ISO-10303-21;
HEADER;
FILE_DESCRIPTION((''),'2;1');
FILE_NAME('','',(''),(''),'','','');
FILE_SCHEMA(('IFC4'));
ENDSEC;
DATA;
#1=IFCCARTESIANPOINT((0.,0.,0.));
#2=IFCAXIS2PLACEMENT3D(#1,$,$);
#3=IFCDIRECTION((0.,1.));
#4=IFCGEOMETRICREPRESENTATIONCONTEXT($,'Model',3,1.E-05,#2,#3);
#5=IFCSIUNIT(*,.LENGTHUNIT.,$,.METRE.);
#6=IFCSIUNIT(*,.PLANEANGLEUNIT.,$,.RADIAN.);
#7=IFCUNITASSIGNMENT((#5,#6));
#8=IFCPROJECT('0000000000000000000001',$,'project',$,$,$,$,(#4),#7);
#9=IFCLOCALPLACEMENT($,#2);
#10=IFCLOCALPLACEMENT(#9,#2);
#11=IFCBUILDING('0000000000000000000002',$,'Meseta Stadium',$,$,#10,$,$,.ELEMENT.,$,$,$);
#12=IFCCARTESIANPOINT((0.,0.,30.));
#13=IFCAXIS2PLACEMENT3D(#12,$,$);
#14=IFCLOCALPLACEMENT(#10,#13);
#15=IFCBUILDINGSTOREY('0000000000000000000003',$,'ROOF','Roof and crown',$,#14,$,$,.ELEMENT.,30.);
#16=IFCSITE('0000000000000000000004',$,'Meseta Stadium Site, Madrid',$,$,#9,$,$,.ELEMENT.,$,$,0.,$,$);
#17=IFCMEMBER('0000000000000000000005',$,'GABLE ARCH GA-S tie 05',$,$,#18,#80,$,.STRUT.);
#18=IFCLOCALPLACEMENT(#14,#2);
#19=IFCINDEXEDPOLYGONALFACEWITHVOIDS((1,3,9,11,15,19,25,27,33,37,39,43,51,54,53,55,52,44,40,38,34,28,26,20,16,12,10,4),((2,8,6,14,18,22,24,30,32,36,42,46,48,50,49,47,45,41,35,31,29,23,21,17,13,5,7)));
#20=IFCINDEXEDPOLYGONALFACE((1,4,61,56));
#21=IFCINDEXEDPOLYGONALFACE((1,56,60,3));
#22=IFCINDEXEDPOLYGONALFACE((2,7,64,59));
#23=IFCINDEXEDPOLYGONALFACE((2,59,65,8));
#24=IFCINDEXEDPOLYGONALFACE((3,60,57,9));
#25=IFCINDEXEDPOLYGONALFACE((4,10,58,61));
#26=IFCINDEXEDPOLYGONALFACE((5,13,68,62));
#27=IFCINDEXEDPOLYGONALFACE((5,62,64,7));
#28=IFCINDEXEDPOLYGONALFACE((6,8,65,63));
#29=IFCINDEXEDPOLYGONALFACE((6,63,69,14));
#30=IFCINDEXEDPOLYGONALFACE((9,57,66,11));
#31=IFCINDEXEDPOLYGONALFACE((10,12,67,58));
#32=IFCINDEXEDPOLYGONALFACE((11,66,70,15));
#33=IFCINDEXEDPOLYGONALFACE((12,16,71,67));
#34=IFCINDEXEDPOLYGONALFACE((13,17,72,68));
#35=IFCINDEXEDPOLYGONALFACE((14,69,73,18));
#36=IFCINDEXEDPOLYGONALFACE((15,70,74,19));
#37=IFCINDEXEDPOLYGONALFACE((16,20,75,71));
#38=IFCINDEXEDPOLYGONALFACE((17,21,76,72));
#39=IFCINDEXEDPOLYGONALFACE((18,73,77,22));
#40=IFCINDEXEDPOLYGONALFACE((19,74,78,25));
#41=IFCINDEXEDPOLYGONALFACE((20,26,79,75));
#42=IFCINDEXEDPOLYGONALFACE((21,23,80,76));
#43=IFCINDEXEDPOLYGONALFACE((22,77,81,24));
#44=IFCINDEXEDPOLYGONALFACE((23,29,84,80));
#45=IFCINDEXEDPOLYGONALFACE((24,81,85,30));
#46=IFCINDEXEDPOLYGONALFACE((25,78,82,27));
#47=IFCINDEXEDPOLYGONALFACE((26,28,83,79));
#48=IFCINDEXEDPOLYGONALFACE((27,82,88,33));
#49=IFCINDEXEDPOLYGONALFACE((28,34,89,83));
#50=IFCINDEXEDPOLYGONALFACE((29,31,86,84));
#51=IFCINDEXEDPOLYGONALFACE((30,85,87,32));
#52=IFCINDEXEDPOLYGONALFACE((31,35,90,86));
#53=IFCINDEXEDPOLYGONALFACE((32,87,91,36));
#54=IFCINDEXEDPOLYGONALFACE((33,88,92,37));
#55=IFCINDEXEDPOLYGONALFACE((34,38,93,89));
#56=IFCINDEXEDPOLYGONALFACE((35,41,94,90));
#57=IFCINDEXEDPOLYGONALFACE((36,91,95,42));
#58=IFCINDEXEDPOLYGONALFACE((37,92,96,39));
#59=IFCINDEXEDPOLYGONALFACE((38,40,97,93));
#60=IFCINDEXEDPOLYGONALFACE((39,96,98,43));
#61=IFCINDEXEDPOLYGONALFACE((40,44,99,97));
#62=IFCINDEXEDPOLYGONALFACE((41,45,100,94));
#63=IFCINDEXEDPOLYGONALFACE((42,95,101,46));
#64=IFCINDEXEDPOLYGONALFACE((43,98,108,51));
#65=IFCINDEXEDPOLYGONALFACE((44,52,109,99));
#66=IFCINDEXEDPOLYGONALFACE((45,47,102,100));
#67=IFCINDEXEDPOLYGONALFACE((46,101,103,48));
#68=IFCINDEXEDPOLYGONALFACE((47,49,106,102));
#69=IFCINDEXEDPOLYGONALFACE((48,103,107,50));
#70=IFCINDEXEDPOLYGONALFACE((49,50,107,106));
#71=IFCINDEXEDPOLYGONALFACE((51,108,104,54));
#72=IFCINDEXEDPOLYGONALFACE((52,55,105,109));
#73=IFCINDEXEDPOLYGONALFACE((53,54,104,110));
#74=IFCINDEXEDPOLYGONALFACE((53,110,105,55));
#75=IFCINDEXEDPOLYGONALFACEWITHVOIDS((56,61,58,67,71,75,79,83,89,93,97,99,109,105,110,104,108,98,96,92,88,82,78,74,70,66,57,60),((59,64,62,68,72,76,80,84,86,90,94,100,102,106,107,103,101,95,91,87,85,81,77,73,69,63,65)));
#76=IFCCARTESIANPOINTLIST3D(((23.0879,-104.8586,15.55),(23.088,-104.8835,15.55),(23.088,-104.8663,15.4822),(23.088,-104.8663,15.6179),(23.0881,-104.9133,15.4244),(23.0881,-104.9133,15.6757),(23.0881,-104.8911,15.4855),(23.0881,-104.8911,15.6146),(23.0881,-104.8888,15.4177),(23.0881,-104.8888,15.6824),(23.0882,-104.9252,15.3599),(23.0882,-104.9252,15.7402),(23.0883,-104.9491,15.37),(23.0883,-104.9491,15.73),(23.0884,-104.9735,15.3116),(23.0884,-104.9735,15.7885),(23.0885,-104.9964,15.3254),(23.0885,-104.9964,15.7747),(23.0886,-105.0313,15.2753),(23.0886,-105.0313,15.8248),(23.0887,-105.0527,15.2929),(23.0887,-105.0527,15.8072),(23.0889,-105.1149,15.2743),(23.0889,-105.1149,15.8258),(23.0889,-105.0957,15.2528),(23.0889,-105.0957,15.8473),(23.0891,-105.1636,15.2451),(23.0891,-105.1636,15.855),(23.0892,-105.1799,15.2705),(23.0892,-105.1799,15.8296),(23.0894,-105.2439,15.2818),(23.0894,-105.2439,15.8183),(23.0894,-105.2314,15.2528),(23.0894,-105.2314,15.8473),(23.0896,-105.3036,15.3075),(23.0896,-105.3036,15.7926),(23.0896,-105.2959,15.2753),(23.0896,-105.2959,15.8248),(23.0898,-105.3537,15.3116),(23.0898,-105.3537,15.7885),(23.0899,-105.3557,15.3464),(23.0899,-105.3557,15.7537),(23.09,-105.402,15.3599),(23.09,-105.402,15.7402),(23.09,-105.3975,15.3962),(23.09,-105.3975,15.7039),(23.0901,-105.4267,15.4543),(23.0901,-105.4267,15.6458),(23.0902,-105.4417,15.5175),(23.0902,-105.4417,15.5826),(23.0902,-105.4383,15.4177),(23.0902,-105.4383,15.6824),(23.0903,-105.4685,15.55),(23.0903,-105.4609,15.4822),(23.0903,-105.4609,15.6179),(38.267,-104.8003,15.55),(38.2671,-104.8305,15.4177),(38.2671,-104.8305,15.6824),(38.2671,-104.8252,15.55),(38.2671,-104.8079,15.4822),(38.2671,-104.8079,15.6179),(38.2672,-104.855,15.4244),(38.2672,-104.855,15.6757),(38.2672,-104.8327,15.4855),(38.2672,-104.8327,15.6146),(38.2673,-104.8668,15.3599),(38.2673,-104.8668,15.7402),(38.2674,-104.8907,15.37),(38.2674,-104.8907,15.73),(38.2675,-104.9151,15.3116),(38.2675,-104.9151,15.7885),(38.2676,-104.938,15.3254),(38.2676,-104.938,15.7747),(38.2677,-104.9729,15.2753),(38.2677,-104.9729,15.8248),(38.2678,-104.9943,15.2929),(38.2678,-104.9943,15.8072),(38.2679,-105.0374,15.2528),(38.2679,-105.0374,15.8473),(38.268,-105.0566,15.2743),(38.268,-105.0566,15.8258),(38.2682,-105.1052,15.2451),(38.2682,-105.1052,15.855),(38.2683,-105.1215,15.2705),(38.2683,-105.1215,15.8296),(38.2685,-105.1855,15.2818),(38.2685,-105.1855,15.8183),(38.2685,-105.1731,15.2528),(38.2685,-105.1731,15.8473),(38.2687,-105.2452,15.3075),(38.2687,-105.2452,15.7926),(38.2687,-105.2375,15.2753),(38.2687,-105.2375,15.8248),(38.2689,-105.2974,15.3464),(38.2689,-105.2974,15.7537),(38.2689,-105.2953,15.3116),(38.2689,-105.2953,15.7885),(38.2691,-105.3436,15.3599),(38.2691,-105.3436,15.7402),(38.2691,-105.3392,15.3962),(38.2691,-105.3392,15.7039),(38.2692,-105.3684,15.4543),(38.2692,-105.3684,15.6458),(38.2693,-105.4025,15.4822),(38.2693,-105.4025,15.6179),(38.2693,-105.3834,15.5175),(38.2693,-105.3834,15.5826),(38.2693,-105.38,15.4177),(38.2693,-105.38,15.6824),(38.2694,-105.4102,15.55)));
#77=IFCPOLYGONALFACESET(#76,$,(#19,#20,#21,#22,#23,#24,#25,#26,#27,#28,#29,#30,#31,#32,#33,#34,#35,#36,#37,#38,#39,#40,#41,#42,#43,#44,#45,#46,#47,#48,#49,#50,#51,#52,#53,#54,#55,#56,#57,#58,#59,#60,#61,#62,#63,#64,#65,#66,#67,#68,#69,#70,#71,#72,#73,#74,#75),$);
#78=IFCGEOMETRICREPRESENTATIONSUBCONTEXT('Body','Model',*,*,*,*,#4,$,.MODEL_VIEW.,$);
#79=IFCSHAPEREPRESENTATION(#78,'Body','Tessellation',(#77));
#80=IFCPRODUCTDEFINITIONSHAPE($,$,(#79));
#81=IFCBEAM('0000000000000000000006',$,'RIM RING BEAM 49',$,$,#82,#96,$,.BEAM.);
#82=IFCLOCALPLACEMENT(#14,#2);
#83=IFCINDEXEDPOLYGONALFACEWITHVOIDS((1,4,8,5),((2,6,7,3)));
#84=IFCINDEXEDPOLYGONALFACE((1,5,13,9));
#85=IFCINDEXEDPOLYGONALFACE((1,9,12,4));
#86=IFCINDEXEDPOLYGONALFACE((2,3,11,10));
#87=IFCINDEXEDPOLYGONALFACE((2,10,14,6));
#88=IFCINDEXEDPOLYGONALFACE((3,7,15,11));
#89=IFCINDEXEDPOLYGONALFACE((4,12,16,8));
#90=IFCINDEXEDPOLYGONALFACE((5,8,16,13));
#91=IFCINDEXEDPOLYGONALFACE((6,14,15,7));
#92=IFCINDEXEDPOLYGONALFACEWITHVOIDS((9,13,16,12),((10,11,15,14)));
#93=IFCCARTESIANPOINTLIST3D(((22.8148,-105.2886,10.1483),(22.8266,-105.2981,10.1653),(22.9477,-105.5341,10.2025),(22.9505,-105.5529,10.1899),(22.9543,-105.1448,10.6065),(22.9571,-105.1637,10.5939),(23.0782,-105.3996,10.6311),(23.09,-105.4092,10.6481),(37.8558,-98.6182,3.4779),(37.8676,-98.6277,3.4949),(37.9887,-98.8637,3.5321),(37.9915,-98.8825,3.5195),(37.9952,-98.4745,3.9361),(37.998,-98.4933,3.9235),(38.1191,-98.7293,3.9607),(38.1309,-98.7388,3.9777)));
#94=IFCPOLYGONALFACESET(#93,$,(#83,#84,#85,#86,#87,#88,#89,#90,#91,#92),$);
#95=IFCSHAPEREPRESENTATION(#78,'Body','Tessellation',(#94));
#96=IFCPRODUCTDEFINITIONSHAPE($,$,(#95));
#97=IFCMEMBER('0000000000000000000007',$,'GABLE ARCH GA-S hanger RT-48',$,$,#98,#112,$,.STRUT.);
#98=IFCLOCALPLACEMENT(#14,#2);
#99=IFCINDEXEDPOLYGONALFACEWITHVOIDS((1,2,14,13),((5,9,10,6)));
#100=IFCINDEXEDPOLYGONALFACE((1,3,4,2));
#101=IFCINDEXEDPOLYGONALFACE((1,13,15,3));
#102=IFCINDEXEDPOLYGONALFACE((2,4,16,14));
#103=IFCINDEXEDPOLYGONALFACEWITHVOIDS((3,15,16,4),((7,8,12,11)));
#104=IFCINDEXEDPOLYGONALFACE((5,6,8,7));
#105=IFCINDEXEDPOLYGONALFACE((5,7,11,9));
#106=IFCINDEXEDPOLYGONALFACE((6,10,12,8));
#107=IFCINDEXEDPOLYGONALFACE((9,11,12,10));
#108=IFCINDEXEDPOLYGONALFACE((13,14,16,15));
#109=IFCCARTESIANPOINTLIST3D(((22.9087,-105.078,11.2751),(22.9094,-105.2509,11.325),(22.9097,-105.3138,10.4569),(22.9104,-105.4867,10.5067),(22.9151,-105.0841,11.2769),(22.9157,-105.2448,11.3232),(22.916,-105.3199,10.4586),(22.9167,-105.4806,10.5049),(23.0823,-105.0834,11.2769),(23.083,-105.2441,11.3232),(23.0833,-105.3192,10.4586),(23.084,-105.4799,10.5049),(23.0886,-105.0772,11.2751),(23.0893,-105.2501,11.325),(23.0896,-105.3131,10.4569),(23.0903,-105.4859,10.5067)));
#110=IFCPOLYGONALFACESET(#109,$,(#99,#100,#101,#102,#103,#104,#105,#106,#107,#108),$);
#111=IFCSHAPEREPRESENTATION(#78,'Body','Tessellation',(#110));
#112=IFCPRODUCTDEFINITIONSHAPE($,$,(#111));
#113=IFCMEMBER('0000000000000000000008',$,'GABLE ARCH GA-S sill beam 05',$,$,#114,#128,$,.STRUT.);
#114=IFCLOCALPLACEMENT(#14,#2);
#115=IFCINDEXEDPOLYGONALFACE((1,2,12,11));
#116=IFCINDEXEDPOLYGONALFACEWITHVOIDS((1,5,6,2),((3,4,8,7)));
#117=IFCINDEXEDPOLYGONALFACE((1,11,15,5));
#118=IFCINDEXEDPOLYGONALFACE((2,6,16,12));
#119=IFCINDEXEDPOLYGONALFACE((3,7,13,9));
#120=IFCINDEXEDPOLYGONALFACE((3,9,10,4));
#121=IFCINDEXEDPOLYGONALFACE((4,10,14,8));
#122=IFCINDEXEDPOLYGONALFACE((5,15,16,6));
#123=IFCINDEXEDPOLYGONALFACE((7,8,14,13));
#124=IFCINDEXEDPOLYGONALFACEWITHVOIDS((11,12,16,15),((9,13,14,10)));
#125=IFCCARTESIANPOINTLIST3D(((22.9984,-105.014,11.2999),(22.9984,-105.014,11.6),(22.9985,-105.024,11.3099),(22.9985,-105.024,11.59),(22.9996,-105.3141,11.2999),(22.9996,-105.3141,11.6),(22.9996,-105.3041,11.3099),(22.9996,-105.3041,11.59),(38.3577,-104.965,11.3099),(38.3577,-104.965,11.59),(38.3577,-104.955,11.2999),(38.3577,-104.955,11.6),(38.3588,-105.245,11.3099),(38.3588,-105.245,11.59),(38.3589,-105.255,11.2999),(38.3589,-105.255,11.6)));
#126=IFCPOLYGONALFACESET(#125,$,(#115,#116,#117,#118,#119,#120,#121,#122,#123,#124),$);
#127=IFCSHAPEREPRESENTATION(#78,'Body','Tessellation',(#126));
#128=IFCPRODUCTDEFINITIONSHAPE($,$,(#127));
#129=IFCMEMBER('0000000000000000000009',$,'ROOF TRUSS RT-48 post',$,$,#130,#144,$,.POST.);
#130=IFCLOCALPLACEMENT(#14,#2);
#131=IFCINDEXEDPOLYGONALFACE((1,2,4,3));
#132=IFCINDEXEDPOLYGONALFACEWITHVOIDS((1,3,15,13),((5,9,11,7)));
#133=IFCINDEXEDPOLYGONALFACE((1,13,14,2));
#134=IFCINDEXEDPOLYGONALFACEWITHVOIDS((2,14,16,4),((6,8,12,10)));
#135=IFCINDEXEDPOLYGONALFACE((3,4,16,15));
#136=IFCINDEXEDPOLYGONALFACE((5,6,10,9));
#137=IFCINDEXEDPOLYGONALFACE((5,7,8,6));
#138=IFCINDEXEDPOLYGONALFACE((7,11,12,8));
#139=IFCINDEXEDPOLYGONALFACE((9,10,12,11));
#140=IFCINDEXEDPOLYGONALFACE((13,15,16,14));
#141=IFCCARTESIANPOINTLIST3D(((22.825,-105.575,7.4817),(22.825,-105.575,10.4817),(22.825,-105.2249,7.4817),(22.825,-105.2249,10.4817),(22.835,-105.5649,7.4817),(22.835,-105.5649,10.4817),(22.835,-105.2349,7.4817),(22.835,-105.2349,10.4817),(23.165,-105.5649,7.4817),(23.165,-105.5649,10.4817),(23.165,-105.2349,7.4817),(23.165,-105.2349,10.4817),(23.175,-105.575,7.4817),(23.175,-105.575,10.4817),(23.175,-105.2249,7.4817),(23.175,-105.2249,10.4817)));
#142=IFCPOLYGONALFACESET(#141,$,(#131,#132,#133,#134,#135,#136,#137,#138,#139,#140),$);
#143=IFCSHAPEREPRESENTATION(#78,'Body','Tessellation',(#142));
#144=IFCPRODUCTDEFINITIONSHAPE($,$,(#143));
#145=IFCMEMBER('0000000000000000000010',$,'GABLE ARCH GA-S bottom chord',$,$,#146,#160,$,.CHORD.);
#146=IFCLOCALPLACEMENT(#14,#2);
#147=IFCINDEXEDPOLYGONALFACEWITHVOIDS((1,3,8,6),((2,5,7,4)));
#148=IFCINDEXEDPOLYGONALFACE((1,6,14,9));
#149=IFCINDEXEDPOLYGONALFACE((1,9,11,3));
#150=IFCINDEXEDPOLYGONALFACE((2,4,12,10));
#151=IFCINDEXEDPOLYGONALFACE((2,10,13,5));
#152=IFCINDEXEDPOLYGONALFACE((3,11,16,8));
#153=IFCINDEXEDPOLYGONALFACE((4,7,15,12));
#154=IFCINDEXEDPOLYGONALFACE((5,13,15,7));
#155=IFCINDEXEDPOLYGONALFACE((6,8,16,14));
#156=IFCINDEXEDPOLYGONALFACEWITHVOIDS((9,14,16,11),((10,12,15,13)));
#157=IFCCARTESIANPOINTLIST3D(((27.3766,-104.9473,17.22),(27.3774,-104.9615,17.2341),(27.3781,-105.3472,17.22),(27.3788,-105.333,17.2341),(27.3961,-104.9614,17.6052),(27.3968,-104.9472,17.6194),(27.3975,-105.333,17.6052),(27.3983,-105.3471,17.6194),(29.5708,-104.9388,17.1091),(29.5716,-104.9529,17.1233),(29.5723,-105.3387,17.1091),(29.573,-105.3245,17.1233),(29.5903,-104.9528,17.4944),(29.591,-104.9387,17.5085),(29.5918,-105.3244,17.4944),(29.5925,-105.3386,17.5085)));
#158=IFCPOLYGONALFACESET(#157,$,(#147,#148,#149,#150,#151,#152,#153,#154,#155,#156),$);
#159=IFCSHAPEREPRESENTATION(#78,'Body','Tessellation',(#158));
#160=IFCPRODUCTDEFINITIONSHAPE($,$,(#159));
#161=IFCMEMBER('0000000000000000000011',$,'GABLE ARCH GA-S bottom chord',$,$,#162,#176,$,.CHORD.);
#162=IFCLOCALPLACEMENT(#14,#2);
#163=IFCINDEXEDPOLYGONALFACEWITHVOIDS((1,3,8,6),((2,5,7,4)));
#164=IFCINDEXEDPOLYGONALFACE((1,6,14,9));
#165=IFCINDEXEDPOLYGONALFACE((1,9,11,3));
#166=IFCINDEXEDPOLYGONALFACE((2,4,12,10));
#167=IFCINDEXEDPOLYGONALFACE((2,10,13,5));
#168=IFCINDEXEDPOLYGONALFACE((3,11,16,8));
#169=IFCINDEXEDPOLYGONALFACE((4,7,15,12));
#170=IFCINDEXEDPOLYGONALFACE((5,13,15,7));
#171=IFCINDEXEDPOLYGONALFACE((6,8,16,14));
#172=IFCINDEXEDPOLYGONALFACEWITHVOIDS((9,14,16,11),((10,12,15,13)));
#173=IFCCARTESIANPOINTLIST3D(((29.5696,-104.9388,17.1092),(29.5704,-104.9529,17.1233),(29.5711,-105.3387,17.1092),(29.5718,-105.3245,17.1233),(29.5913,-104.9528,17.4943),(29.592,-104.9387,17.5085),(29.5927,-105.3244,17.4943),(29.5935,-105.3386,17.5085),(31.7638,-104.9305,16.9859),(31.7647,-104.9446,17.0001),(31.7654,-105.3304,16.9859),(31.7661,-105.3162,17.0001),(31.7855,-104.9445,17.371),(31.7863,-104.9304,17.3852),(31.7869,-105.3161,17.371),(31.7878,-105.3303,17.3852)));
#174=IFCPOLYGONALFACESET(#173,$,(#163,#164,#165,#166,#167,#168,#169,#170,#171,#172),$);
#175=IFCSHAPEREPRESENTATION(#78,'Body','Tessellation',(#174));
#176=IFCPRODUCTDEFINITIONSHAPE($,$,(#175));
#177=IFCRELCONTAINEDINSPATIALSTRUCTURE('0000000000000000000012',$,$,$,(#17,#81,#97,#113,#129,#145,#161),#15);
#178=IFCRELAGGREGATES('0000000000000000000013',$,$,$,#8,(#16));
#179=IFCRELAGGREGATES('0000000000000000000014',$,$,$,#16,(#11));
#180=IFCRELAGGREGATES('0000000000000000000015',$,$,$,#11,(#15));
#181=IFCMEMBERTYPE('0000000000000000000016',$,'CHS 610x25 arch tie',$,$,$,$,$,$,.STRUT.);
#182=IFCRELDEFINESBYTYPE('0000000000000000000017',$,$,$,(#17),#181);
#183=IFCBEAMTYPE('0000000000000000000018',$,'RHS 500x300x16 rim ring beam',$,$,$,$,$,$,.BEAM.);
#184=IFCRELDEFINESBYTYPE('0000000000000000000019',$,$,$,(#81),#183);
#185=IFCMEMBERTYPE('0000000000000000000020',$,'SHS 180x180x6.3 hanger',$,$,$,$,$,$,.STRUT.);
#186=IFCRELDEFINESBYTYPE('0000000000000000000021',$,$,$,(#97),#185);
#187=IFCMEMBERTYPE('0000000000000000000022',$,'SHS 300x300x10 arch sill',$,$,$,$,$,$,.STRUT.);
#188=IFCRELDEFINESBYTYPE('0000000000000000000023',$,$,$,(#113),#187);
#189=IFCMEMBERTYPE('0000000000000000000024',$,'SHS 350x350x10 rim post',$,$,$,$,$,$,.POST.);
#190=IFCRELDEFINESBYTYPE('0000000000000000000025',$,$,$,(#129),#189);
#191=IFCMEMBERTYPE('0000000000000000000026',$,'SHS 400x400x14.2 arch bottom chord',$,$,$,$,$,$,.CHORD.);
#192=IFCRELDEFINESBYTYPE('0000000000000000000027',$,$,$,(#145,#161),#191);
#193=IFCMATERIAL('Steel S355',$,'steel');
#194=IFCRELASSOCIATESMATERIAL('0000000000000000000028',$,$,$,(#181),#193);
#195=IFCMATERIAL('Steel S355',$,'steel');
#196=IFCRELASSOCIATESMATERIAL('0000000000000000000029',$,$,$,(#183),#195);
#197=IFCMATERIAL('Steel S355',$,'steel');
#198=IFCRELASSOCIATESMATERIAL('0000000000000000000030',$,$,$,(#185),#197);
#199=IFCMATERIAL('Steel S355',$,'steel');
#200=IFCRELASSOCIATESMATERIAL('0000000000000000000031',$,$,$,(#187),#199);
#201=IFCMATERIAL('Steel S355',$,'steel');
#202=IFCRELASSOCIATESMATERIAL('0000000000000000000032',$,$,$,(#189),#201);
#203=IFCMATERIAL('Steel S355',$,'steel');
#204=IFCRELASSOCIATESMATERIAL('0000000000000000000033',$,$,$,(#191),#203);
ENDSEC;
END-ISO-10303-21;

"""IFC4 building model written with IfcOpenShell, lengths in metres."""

from ifc_helpers import new_model, si_unit, direction, frame, origin, origin_2d, place, context, subcontext, project, spatial, hollow_rectangle, hollow_circle, extrude, material, material_profile, profile_set, type_object, element, save


model = new_model("IFC4")

# Units and contexts
model_context = context("Model", 3, precision=1e-05, world=origin(), true_north=direction((0.0, 1.0)))
body_context = subcontext(model_context, "Body", "Model", "MODEL_VIEW")
ifc_project = project(units=[si_unit("LENGTHUNIT", "METRE"), si_unit("PLANEANGLEUNIT", "RADIAN")], contexts=[model_context])

# Site, building, storey
site_placement = place(None, origin())
site = spatial("IfcSite", under=ifc_project, at=site_placement, Name="Meseta Stadium Site, Madrid", CompositionType="ELEMENT", RefElevation=0.0)
building_placement = place(site_placement, origin())
building = spatial("IfcBuilding", under=site, at=building_placement, Name="Meseta Stadium", CompositionType="ELEMENT")
storey_placement = place(building_placement, frame((0.0, 0.0, 30.0)))
storey = spatial("IfcBuildingStorey", under=building, at=storey_placement, Name="ROOF", Description="Roof and crown", CompositionType="ELEMENT", Elevation=30.0)

# Member
ifc_material_1 = material(Name="Steel S355", Category="steel")
ifc_material_profile_1 = material_profile(ifc_material_1, hollow_circle(Radius=0.3049, WallThickness=0.0249, at=origin_2d()), Name="CHS 610x25")
ifc_profile_set_1 = profile_set([ifc_material_profile_1], Name="Steel S355")
member_type_1 = type_object("IfcMemberType", Name="CHS 610x25 arch tie", PredefinedType="STRUT", material=ifc_profile_set_1)
member_1_placement = place(storey_placement, frame((23.0891, -105.1636, 15.55), z_axis=(0.999993, 0.003844, 0.0), x_axis=(-0.003844, 0.999993, 0.0)))
element("IfcMember", 1, at=member_1_placement, inside=storey, type_object=member_type_1, Name="GABLE ARCH GA-S tie 05", PredefinedType="STRUT", context=body_context, shape_type="SweptSolid", body=[
    extrude(hollow_circle(Radius=0.3049, WallThickness=0.0249, at=origin_2d()), origin(), (0.0, 0.0, 1.0), 15.1792),
])

# Beam
ifc_material_2 = material(Name="Steel S355", Category="steel")
ifc_material_profile_2 = material_profile(ifc_material_2, hollow_rectangle(XDim=0.3, YDim=0.5, WallThickness=0.0161, at=origin_2d()), Name="RHS 500x300x16")
ifc_profile_set_2 = profile_set([ifc_material_profile_2], Name="Steel S355")
beam_type = type_object("IfcBeamType", Name="RHS 500x300x16 rim ring beam", PredefinedType="BEAM", material=ifc_profile_set_2)
beam_placement = place(storey_placement, frame((22.9524, -105.3489, 10.3982), z_axis=(0.847168, 0.375703, -0.375703), x_axis=(-0.452238, 0.881047, -0.138699)))
element("IfcBeam", 2, at=beam_placement, inside=storey, type_object=beam_type, Name="RIM RING BEAM 49", PredefinedType="BEAM", context=body_context, shape_type="SweptSolid", body=[
    extrude(hollow_rectangle(XDim=0.3, YDim=0.5, WallThickness=0.0161, at=origin_2d()), origin(), (0.0, 0.0, 1.0), 17.7544),
])

# Members
ifc_material_3 = material(Name="Steel S355", Category="steel")
ifc_material_profile_3 = material_profile(ifc_material_3, hollow_rectangle(XDim=0.1799, YDim=0.1799, WallThickness=0.0063, at=origin_2d()), Name="SHS 180x180x6.3")
ifc_profile_set_3 = profile_set([ifc_material_profile_3], Name="Steel S355")
member_type_2 = type_object("IfcMemberType", Name="SHS 180x180x6.3 hanger", PredefinedType="STRUT", material=ifc_profile_set_3)
member_2_placement = place(storey_placement, frame((22.999, -105.1641, 11.3), z_axis=(0.001147, -0.276916, -0.960893), x_axis=(0.999991, 0.004141, 0.0)))
element("IfcMember", 3, at=member_2_placement, inside=storey, type_object=member_type_2, Name="GABLE ARCH GA-S hanger RT-48", PredefinedType="STRUT", context=body_context, shape_type="SweptSolid", body=[
    extrude(hollow_rectangle(XDim=0.1799, YDim=0.1799, WallThickness=0.0063, at=origin_2d()), origin(), (0.0, 0.0, 1.0), 0.8516),
])
ifc_material_4 = material(Name="Steel S355", Category="steel")
ifc_material_profile_4 = material_profile(ifc_material_4, hollow_rectangle(XDim=0.3, YDim=0.3, WallThickness=0.01, at=origin_2d()), Name="SHS 300x300x10")
ifc_profile_set_4 = profile_set([ifc_material_profile_4], Name="Steel S355")
member_type_3 = type_object("IfcMemberType", Name="SHS 300x300x10 arch sill", PredefinedType="STRUT", material=ifc_profile_set_4)
member_3_placement = place(storey_placement, frame((22.999, -105.1641, 11.45), z_axis=(0.999993, 0.003847, 0.0), x_axis=(-0.003847, 0.999993, 0.0)))
element("IfcMember", 4, at=member_3_placement, inside=storey, type_object=member_type_3, Name="GABLE ARCH GA-S sill beam 05", PredefinedType="STRUT", context=body_context, shape_type="SweptSolid", body=[
    extrude(hollow_rectangle(XDim=0.3, YDim=0.3, WallThickness=0.01, at=origin_2d()), origin(), (0.0, 0.0, 1.0), 15.3594),
])
ifc_material_5 = material(Name="Steel S355", Category="steel")
ifc_material_profile_5 = material_profile(ifc_material_5, hollow_rectangle(XDim=0.3501, YDim=0.3501, WallThickness=0.01, at=origin_2d()), Name="SHS 350x350x10")
ifc_profile_set_5 = profile_set([ifc_material_profile_5], Name="Steel S355")
member_type_4 = type_object("IfcMemberType", Name="SHS 350x350x10 rim post", PredefinedType="POST", material=ifc_profile_set_5)
member_4_placement = place(storey_placement, frame((23.0, -105.3999, 7.4817), z_axis=(0.0, 0.0, 1.0), x_axis=(1.0, 0.0, 0.0)))
element("IfcMember", 5, at=member_4_placement, inside=storey, type_object=member_type_4, Name="ROOF TRUSS RT-48 post", PredefinedType="POST", context=body_context, shape_type="SweptSolid", body=[
    extrude(hollow_rectangle(XDim=0.3501, YDim=0.3501, WallThickness=0.01, at=origin_2d()), origin(), (0.0, 0.0, 1.0), 3.0),
])
ifc_material_6 = material(Name="Steel S355", Category="steel")
ifc_material_profile_6 = material_profile(ifc_material_6, hollow_rectangle(XDim=0.3999, YDim=0.3999, WallThickness=0.0142, at=origin_2d()), Name="SHS 400x400x14.2")
ifc_profile_set_6 = profile_set([ifc_material_profile_6], Name="Steel S355")
member_type_5 = type_object("IfcMemberType", Name="SHS 400x400x14.2 arch bottom chord", PredefinedType="CHORD", material=ifc_profile_set_6)
member_5_placement = place(storey_placement, frame((27.3875, -105.1472, 17.4197), z_axis=(0.998719, 0.00389, -0.050453), x_axis=(-0.003894, 0.999992, 0.0)))
element("IfcMember", 6, at=member_5_placement, inside=storey, type_object=member_type_5, Name="GABLE ARCH GA-S bottom chord", PredefinedType="CHORD", context=body_context, shape_type="SweptSolid", body=[
    extrude(hollow_rectangle(XDim=0.3999, YDim=0.3999, WallThickness=0.0142, at=origin_2d()), origin(), (0.0, 0.0, 1.0), 2.197),
])
member_6_placement = place(storey_placement, frame((29.5815, -105.1387, 17.3088), z_axis=(0.998418, 0.003777, -0.056097), x_axis=(-0.003783, 0.999993, 0.0)))
element("IfcMember", 7, at=member_6_placement, inside=storey, type_object=member_type_5, Name="GABLE ARCH GA-S bottom chord", PredefinedType="CHORD", context=body_context, shape_type="SweptSolid", body=[
    extrude(hollow_rectangle(XDim=0.3999, YDim=0.3999, WallThickness=0.0142, at=origin_2d()), origin(), (0.0, 0.0, 1.0), 2.1978),
])

save(model, "model.ifc")
